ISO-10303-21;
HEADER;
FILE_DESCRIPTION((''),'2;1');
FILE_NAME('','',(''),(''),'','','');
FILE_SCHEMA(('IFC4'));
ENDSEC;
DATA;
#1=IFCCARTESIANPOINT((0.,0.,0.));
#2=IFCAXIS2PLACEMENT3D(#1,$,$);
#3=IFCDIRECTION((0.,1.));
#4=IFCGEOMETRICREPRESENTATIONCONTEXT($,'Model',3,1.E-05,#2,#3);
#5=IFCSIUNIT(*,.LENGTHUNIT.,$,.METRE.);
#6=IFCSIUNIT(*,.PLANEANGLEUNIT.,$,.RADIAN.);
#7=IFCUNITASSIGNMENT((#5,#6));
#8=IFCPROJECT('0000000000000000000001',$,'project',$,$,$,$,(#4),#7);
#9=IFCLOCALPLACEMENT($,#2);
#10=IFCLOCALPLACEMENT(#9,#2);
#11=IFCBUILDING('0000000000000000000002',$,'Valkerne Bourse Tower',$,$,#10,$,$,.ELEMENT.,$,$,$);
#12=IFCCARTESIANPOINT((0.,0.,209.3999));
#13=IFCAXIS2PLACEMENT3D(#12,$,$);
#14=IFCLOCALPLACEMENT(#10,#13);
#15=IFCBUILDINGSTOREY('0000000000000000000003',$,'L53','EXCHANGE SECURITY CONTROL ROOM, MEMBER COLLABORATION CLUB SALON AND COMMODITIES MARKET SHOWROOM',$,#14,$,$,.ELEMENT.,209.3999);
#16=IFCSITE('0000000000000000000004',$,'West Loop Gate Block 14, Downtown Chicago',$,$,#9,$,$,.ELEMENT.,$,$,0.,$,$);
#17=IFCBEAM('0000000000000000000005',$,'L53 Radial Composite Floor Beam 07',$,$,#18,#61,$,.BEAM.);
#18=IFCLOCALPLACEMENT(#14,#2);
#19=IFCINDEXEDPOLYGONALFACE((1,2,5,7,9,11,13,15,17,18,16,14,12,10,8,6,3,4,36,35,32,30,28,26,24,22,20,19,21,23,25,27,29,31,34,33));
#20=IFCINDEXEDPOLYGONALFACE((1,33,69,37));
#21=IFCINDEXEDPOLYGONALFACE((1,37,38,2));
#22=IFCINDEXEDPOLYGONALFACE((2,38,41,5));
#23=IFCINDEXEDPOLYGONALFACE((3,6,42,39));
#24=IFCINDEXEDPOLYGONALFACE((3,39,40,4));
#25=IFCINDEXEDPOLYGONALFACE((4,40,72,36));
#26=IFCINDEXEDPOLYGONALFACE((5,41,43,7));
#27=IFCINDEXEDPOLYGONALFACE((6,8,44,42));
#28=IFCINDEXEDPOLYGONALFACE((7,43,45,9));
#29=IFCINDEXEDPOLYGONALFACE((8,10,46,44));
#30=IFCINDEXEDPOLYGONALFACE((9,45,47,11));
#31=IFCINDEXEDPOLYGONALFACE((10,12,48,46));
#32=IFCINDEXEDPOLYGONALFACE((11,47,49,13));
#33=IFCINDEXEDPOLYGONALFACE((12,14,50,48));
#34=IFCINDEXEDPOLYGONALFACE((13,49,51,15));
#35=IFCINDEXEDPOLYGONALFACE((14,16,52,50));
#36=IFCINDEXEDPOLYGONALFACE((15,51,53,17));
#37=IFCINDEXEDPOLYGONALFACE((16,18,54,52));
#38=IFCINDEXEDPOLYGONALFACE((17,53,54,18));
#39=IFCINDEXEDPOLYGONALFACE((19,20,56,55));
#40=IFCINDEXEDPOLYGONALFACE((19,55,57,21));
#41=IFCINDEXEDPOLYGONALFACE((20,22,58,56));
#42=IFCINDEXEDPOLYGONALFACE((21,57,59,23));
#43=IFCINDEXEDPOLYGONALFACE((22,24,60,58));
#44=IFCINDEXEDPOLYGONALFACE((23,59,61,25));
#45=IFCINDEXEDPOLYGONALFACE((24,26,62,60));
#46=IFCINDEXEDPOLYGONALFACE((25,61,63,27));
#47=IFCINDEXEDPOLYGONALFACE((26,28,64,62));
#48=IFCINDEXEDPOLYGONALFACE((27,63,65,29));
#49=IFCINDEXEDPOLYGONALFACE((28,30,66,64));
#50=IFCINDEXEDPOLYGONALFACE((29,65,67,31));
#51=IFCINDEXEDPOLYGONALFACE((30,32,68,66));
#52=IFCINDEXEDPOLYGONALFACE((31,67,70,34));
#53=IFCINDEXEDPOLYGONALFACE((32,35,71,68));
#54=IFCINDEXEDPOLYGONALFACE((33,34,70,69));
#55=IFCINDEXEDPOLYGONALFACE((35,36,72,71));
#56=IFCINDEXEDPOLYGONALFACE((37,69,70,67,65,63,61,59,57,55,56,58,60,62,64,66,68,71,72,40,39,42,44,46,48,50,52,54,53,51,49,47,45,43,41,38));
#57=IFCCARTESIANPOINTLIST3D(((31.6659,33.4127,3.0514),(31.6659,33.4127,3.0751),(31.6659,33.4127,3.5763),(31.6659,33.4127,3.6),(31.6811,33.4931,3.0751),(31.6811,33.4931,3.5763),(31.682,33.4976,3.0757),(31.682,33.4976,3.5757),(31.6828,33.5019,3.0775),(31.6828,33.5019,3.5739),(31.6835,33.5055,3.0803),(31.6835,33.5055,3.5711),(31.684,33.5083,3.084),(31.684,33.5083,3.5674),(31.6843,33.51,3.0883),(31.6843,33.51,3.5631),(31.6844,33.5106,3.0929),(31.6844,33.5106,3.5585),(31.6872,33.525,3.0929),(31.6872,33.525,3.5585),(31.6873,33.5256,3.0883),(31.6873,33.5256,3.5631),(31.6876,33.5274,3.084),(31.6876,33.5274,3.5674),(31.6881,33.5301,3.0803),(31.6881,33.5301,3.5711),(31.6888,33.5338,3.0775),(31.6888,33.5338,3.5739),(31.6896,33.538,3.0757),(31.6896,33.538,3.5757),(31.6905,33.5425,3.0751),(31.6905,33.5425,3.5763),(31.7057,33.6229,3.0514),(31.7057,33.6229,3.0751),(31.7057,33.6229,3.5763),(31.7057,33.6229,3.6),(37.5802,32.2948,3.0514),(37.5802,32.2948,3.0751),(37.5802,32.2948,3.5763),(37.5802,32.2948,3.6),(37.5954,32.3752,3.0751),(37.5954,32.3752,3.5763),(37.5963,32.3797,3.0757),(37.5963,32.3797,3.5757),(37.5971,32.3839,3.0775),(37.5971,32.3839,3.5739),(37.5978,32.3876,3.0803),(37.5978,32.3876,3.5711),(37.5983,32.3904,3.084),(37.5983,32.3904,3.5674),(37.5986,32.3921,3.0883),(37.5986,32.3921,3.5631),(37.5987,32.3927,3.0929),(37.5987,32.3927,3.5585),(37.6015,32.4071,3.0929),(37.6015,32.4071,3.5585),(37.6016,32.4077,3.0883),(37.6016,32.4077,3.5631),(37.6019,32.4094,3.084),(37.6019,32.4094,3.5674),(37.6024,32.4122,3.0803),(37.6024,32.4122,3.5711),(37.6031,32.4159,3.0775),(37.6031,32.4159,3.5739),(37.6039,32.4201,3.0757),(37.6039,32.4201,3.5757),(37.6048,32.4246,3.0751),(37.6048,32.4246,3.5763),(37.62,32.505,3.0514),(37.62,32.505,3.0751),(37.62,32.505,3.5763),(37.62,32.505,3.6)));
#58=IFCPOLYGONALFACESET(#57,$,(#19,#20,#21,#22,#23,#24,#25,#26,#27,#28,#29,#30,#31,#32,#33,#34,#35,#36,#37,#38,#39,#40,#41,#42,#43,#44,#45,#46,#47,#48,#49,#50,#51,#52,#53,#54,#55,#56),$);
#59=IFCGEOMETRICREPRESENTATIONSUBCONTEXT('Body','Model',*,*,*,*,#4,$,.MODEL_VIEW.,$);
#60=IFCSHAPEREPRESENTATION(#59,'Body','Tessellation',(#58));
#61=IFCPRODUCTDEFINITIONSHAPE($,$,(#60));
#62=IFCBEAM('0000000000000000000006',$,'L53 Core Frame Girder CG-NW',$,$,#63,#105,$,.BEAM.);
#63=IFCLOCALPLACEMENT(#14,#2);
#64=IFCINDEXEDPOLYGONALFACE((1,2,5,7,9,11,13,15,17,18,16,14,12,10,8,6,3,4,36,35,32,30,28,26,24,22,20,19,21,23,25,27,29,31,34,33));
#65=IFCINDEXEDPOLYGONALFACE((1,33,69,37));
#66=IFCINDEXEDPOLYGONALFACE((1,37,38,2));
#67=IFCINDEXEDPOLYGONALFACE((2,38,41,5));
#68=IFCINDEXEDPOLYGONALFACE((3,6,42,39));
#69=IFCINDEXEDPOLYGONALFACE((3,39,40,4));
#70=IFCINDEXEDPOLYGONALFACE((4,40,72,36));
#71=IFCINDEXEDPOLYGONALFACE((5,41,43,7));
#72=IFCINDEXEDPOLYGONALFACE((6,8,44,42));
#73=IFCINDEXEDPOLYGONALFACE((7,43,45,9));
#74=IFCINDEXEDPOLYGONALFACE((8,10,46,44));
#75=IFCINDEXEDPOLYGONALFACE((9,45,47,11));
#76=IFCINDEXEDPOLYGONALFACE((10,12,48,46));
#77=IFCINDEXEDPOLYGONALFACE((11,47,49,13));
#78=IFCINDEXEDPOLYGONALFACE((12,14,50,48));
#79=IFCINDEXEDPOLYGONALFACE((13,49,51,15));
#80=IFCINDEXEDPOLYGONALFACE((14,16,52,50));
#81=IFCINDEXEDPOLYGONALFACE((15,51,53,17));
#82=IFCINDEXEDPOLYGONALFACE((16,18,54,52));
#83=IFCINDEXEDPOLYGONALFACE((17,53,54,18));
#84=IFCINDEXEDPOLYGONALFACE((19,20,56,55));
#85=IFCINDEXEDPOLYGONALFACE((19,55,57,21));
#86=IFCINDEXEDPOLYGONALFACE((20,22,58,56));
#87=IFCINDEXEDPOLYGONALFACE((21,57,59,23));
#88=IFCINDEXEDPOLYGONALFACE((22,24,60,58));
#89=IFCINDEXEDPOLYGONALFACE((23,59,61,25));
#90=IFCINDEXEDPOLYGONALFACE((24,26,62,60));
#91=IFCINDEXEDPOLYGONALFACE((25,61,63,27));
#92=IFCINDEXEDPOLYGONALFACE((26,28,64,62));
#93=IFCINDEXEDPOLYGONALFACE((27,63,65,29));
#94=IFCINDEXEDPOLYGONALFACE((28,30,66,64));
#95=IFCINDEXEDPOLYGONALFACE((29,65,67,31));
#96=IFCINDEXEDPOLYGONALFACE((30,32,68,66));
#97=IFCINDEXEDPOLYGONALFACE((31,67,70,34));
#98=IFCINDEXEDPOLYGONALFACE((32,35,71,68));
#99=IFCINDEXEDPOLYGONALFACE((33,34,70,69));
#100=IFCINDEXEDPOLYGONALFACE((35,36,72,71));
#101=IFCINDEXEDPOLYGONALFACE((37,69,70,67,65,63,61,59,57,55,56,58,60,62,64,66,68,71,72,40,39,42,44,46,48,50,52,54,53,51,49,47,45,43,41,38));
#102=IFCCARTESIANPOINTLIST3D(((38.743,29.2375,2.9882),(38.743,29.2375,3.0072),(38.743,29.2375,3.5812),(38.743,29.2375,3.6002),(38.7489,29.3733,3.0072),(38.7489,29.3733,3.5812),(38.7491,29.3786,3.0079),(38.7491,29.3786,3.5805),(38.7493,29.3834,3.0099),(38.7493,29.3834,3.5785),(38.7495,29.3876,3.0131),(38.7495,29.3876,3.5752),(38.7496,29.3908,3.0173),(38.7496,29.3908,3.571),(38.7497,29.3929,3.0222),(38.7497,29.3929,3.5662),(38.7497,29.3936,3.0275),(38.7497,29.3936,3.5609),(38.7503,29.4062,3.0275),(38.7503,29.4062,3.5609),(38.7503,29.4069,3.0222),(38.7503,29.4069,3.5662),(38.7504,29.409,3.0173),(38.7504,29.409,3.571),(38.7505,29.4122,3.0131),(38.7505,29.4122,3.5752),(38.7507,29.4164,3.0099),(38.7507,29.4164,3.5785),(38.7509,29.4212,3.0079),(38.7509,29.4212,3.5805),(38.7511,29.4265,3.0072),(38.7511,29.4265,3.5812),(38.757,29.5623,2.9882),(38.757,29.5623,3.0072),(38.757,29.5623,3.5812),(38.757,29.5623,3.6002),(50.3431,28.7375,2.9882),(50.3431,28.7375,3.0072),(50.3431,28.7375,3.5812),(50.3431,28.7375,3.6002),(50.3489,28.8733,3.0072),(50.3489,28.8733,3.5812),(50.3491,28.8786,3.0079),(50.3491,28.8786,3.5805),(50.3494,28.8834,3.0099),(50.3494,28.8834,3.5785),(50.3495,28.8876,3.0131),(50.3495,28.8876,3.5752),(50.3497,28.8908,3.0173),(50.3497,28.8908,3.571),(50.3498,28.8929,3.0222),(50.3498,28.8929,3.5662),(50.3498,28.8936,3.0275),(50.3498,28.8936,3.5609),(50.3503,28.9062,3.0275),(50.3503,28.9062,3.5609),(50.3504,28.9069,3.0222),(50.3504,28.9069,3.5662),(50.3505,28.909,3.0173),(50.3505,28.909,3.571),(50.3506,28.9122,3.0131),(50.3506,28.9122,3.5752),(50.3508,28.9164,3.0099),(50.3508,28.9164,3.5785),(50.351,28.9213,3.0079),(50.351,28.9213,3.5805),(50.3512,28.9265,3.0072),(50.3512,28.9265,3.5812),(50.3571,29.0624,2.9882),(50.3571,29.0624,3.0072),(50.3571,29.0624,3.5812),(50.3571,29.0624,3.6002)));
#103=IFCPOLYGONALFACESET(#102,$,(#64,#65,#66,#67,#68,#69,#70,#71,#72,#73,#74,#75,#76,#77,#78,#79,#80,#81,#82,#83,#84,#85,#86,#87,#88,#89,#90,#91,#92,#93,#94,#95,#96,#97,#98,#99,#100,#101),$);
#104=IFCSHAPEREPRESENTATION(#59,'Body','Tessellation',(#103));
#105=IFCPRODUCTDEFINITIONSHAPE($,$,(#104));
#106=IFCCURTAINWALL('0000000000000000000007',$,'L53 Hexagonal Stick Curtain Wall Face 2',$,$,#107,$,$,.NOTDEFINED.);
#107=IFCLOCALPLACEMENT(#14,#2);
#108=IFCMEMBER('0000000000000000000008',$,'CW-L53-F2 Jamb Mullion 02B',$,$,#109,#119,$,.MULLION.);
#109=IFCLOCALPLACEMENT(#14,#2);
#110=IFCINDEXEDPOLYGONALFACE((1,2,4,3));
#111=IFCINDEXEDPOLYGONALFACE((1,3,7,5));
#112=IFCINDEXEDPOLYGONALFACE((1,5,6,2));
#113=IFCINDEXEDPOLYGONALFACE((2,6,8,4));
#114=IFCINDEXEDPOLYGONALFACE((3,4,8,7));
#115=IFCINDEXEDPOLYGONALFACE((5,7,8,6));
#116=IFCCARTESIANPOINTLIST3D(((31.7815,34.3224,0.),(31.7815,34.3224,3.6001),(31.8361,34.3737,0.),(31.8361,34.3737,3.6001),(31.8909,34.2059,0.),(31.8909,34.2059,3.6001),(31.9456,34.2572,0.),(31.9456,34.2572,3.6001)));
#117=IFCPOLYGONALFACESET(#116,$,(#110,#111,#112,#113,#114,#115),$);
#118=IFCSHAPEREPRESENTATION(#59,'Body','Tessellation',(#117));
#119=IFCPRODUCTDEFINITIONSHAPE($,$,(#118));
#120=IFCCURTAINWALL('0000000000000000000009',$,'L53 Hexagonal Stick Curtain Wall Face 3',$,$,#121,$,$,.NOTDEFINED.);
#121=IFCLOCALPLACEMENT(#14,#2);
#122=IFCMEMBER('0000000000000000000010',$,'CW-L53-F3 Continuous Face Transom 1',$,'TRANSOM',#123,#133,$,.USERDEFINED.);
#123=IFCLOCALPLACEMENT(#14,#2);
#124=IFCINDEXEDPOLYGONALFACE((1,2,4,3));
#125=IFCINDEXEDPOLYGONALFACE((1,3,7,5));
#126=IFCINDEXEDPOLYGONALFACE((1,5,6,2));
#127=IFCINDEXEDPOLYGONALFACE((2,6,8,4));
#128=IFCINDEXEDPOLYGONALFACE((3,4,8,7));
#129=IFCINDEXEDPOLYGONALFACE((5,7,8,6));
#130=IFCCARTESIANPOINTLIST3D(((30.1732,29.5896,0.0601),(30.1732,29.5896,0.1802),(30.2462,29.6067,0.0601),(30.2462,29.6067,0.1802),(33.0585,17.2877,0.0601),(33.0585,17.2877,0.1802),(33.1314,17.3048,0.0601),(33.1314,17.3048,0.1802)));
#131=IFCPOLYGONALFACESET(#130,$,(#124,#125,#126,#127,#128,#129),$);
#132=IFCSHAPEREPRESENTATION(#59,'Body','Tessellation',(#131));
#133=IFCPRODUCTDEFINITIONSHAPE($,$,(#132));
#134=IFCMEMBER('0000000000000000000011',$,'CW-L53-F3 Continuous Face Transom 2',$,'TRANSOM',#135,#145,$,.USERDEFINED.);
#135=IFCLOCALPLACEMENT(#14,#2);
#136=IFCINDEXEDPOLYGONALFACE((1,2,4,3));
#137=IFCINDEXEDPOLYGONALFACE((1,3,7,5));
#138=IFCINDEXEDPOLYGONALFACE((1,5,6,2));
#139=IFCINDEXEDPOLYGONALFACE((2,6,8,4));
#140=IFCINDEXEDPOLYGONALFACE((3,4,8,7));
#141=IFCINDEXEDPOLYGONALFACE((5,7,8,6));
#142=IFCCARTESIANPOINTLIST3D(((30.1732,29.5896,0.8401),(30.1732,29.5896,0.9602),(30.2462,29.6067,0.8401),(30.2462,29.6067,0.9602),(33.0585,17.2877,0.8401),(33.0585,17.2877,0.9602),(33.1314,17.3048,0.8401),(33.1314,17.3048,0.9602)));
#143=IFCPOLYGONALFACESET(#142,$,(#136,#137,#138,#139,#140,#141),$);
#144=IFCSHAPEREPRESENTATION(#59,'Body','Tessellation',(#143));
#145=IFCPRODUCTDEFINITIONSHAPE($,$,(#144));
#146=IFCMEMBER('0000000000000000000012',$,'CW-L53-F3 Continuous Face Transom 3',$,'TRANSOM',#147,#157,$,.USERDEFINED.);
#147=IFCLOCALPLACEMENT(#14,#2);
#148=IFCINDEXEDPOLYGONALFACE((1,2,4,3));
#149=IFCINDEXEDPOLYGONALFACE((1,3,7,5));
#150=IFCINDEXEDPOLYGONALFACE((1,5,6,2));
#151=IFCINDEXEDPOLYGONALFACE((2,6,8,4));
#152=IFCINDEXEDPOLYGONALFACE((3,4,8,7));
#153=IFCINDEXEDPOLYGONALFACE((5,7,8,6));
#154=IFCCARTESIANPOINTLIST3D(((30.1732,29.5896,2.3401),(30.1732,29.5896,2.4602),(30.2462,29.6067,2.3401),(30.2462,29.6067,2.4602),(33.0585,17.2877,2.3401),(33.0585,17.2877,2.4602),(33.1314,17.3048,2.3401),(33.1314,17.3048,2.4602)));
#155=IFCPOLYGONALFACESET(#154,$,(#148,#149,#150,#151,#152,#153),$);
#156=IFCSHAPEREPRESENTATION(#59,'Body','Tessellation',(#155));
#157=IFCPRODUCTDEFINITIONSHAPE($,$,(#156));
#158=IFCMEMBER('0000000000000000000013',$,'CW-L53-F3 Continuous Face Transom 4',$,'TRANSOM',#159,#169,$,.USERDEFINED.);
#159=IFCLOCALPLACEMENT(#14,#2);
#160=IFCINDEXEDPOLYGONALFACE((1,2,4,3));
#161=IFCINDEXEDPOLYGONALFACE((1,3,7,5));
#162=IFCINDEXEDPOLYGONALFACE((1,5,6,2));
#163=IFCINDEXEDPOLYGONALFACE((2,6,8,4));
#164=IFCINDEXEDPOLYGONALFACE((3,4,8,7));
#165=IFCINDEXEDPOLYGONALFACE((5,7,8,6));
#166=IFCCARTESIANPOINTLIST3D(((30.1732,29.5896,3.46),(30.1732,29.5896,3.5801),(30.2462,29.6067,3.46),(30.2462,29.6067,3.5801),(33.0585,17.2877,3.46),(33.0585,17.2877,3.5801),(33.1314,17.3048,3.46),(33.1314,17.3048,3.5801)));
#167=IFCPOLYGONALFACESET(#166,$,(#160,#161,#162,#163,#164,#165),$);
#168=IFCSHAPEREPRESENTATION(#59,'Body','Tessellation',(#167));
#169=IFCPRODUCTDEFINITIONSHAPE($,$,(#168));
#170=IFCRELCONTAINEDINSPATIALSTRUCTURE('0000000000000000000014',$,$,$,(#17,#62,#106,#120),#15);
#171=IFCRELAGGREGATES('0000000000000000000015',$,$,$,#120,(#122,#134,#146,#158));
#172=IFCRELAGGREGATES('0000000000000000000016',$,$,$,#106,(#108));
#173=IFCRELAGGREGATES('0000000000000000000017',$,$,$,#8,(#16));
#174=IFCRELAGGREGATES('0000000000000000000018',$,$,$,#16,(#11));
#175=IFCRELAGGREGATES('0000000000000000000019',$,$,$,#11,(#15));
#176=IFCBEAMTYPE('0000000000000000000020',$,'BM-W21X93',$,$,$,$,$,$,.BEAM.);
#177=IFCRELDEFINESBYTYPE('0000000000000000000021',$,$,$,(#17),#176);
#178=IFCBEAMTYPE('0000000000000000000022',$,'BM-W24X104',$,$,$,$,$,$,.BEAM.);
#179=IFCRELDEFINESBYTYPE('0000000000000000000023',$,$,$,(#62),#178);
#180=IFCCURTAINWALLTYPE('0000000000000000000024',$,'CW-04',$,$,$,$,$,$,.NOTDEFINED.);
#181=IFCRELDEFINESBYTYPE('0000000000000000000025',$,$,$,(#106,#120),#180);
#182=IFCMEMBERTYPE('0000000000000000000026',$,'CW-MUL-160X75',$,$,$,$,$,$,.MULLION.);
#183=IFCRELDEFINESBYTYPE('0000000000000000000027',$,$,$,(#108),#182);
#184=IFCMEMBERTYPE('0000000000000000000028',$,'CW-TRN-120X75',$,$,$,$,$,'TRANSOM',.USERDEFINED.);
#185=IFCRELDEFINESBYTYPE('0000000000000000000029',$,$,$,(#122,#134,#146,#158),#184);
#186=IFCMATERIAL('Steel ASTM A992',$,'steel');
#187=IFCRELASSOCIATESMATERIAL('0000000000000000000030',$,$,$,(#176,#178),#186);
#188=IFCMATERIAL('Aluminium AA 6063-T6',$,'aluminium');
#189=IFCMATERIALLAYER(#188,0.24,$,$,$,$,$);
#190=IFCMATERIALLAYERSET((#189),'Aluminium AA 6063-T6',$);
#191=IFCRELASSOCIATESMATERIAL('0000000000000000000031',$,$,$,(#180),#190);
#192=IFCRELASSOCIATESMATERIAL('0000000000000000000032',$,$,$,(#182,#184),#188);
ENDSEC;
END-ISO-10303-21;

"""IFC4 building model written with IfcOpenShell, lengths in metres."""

from ifc_helpers import new_model, si_unit, direction, frame, origin, origin_2d, place, context, subcontext, project, spatial, rectangle, i_section, extrude, material, layer, layer_set, material_profile, profile_set, type_object, element, aggregate, save


model = new_model("IFC4")

# Units and contexts
model_context = context("Model", 3, precision=1e-05, world=origin(), true_north=direction((0.0, 1.0)))
body_context = subcontext(model_context, "Body", "Model", "MODEL_VIEW")
ifc_project = project(units=[si_unit("LENGTHUNIT", "METRE"), si_unit("PLANEANGLEUNIT", "RADIAN")], contexts=[model_context])

# Site, building, storey
site_placement = place(None, origin())
site = spatial("IfcSite", under=ifc_project, at=site_placement, Name="West Loop Gate Block 14, Downtown Chicago", CompositionType="ELEMENT", RefElevation=0.0)
building_placement = place(site_placement, origin())
building = spatial("IfcBuilding", under=site, at=building_placement, Name="Valkerne Bourse Tower", CompositionType="ELEMENT")
storey_placement = place(building_placement, frame((0.0, 0.0, 209.3999)))
storey = spatial("IfcBuildingStorey", under=building, at=storey_placement, Name="L53", Description="EXCHANGE SECURITY CONTROL ROOM, MEMBER COLLABORATION CLUB SALON AND COMMODITIES MARKET SHOWROOM", CompositionType="ELEMENT", Elevation=209.3999)

# Beams
ifc_material_1 = material(Name="Steel ASTM A992", Category="steel")
ifc_material_profile_1 = material_profile(ifc_material_1, i_section(OverallWidth=0.2139, OverallDepth=0.5486, WebThickness=0.0146, FlangeThickness=0.0237, FilletRadius=0.0178, at=origin_2d()), Name="W21X93")
ifc_profile_set_1 = profile_set([ifc_material_profile_1], Name="Steel ASTM A992")
beam_type_1 = type_object("IfcBeamType", Name="BM-W21X93", PredefinedType="BEAM", material=ifc_profile_set_1)
beam_1_placement = place(storey_placement, frame((31.6858, 33.5178, 3.3257), z_axis=(0.982601, -0.185731, 0.0), x_axis=(0.185731, 0.982601, 0.0)))
element("IfcBeam", 1, at=beam_1_placement, inside=storey, type_object=beam_type_1, Name="L53 Radial Composite Floor Beam 07", PredefinedType="BEAM", context=body_context, shape_type="SweptSolid", body=[
    extrude(i_section(OverallWidth=0.2139, OverallDepth=0.5486, WebThickness=0.0146, FlangeThickness=0.0237, FilletRadius=0.0178, at=origin_2d()), origin(), (0.0, 0.0, 1.0), 6.019),
])
ifc_material_profile_2 = material_profile(ifc_material_1, i_section(OverallWidth=0.3252, OverallDepth=0.6121, WebThickness=0.0127, FlangeThickness=0.019, FilletRadius=0.0203, at=origin_2d()), Name="W24X104")
ifc_profile_set_2 = profile_set([ifc_material_profile_2], Name="Steel ASTM A992")
beam_type_2 = type_object("IfcBeamType", Name="BM-W24X104", PredefinedType="BEAM", material=ifc_profile_set_2)
beam_2_placement = place(storey_placement, frame((38.75, 29.3999, 3.2942), z_axis=(0.999072, -0.043063, 0.0), x_axis=(0.043063, 0.999072, 0.0)))
element("IfcBeam", 2, at=beam_2_placement, inside=storey, type_object=beam_type_2, Name="L53 Core Frame Girder CG-NW", PredefinedType="BEAM", context=body_context, shape_type="SweptSolid", body=[
    extrude(i_section(OverallWidth=0.3252, OverallDepth=0.6121, WebThickness=0.0127, FlangeThickness=0.019, FilletRadius=0.0203, at=origin_2d()), origin(), (0.0, 0.0, 1.0), 11.6108),
])

# Curtain wall, member
ifc_material_2 = material(Name="Aluminium AA 6063-T6", Category="aluminium")
ifc_layer_1 = layer(ifc_material_2, 0.24)
ifc_layer_set_1 = layer_set([ifc_layer_1], Name="Aluminium AA 6063-T6")
curtain_wall_type = type_object("IfcCurtainWallType", Name="CW-04", PredefinedType="NOTDEFINED", material=ifc_layer_set_1)
curtain_wall_1_placement = place(storey_placement, origin())
curtain_wall_1 = element("IfcCurtainWall", 3, at=curtain_wall_1_placement, inside=storey, type_object=curtain_wall_type, Name="L53 Hexagonal Stick Curtain Wall Face 2", PredefinedType="NOTDEFINED")
ifc_material_profile_3 = material_profile(ifc_material_2, rectangle(XDim=0.075, YDim=0.1599, at=origin_2d()), Name="CWM-75X160")
ifc_profile_set_3 = profile_set([ifc_material_profile_3], Name="Aluminium AA 6063-T6")
member_type_1 = type_object("IfcMemberType", Name="CW-MUL-160X75", PredefinedType="MULLION", material=ifc_profile_set_3)
member_1_placement = place(storey_placement, frame((31.8635, 34.2898, 0.0), z_axis=(0.0, 0.0, 1.0), x_axis=(-0.728956, -0.68456, 0.0)))
member_1 = element("IfcMember", 4, at=member_1_placement, type_object=member_type_1, Name="CW-L53-F2 Jamb Mullion 02B", PredefinedType="MULLION", context=body_context, shape_type="SweptSolid", body=[
    extrude(rectangle(XDim=0.075, YDim=0.1599, at=origin_2d()), origin(), (0.0, 0.0, 1.0), 3.6001),
])

# Curtain wall, members
curtain_wall_2_placement = place(storey_placement, origin())
curtain_wall_2 = element("IfcCurtainWall", 5, at=curtain_wall_2_placement, inside=storey, type_object=curtain_wall_type, Name="L53 Hexagonal Stick Curtain Wall Face 3", PredefinedType="NOTDEFINED")
ifc_material_profile_4 = material_profile(ifc_material_2, rectangle(XDim=0.075, YDim=0.1201, at=origin_2d()), Name="CWT-75X120")
ifc_profile_set_4 = profile_set([ifc_material_profile_4], Name="Aluminium AA 6063-T6")
member_type_2 = type_object("IfcMemberType", Name="CW-TRN-120X75", ElementType="TRANSOM", PredefinedType="USERDEFINED", material=ifc_profile_set_4)
member_2_placement = place(storey_placement, frame((30.2097, 29.5981, 0.1201), z_axis=(0.228339, -0.973582, 0.0), x_axis=(0.973582, 0.228339, 0.0)))
member_2 = element("IfcMember", 6, at=member_2_placement, type_object=member_type_2, Name="CW-L53-F3 Continuous Face Transom 1", ObjectType="TRANSOM", PredefinedType="USERDEFINED", context=body_context, shape_type="SweptSolid", body=[
    extrude(rectangle(XDim=0.075, YDim=0.1201, at=origin_2d()), origin(), (0.0, 0.0, 1.0), 12.6357),
])
member_3_placement = place(storey_placement, frame((30.2097, 29.5981, 0.9001), z_axis=(0.228339, -0.973582, 0.0), x_axis=(0.973582, 0.228339, 0.0)))
member_3 = element("IfcMember", 7, at=member_3_placement, type_object=member_type_2, Name="CW-L53-F3 Continuous Face Transom 2", ObjectType="TRANSOM", PredefinedType="USERDEFINED", context=body_context, shape_type="SweptSolid", body=[
    extrude(rectangle(XDim=0.075, YDim=0.1201, at=origin_2d()), origin(), (0.0, 0.0, 1.0), 12.6357),
])
member_4_placement = place(storey_placement, frame((30.2097, 29.5981, 2.4001), z_axis=(0.228339, -0.973582, 0.0), x_axis=(0.973582, 0.228339, 0.0)))
member_4 = element("IfcMember", 8, at=member_4_placement, type_object=member_type_2, Name="CW-L53-F3 Continuous Face Transom 3", ObjectType="TRANSOM", PredefinedType="USERDEFINED", context=body_context, shape_type="SweptSolid", body=[
    extrude(rectangle(XDim=0.075, YDim=0.1201, at=origin_2d()), origin(), (0.0, 0.0, 1.0), 12.6357),
])
member_5_placement = place(storey_placement, frame((30.2097, 29.5981, 3.52), z_axis=(0.228339, -0.973582, 0.0), x_axis=(0.973582, 0.228339, 0.0)))
member_5 = element("IfcMember", 9, at=member_5_placement, type_object=member_type_2, Name="CW-L53-F3 Continuous Face Transom 4", ObjectType="TRANSOM", PredefinedType="USERDEFINED", context=body_context, shape_type="SweptSolid", body=[
    extrude(rectangle(XDim=0.075, YDim=0.1201, at=origin_2d()), origin(), (0.0, 0.0, 1.0), 12.6357),
])
aggregate(curtain_wall_2, [member_2, member_3, member_4, member_5])

aggregate(curtain_wall_1, [member_1])

save(model, "model.ifc")
